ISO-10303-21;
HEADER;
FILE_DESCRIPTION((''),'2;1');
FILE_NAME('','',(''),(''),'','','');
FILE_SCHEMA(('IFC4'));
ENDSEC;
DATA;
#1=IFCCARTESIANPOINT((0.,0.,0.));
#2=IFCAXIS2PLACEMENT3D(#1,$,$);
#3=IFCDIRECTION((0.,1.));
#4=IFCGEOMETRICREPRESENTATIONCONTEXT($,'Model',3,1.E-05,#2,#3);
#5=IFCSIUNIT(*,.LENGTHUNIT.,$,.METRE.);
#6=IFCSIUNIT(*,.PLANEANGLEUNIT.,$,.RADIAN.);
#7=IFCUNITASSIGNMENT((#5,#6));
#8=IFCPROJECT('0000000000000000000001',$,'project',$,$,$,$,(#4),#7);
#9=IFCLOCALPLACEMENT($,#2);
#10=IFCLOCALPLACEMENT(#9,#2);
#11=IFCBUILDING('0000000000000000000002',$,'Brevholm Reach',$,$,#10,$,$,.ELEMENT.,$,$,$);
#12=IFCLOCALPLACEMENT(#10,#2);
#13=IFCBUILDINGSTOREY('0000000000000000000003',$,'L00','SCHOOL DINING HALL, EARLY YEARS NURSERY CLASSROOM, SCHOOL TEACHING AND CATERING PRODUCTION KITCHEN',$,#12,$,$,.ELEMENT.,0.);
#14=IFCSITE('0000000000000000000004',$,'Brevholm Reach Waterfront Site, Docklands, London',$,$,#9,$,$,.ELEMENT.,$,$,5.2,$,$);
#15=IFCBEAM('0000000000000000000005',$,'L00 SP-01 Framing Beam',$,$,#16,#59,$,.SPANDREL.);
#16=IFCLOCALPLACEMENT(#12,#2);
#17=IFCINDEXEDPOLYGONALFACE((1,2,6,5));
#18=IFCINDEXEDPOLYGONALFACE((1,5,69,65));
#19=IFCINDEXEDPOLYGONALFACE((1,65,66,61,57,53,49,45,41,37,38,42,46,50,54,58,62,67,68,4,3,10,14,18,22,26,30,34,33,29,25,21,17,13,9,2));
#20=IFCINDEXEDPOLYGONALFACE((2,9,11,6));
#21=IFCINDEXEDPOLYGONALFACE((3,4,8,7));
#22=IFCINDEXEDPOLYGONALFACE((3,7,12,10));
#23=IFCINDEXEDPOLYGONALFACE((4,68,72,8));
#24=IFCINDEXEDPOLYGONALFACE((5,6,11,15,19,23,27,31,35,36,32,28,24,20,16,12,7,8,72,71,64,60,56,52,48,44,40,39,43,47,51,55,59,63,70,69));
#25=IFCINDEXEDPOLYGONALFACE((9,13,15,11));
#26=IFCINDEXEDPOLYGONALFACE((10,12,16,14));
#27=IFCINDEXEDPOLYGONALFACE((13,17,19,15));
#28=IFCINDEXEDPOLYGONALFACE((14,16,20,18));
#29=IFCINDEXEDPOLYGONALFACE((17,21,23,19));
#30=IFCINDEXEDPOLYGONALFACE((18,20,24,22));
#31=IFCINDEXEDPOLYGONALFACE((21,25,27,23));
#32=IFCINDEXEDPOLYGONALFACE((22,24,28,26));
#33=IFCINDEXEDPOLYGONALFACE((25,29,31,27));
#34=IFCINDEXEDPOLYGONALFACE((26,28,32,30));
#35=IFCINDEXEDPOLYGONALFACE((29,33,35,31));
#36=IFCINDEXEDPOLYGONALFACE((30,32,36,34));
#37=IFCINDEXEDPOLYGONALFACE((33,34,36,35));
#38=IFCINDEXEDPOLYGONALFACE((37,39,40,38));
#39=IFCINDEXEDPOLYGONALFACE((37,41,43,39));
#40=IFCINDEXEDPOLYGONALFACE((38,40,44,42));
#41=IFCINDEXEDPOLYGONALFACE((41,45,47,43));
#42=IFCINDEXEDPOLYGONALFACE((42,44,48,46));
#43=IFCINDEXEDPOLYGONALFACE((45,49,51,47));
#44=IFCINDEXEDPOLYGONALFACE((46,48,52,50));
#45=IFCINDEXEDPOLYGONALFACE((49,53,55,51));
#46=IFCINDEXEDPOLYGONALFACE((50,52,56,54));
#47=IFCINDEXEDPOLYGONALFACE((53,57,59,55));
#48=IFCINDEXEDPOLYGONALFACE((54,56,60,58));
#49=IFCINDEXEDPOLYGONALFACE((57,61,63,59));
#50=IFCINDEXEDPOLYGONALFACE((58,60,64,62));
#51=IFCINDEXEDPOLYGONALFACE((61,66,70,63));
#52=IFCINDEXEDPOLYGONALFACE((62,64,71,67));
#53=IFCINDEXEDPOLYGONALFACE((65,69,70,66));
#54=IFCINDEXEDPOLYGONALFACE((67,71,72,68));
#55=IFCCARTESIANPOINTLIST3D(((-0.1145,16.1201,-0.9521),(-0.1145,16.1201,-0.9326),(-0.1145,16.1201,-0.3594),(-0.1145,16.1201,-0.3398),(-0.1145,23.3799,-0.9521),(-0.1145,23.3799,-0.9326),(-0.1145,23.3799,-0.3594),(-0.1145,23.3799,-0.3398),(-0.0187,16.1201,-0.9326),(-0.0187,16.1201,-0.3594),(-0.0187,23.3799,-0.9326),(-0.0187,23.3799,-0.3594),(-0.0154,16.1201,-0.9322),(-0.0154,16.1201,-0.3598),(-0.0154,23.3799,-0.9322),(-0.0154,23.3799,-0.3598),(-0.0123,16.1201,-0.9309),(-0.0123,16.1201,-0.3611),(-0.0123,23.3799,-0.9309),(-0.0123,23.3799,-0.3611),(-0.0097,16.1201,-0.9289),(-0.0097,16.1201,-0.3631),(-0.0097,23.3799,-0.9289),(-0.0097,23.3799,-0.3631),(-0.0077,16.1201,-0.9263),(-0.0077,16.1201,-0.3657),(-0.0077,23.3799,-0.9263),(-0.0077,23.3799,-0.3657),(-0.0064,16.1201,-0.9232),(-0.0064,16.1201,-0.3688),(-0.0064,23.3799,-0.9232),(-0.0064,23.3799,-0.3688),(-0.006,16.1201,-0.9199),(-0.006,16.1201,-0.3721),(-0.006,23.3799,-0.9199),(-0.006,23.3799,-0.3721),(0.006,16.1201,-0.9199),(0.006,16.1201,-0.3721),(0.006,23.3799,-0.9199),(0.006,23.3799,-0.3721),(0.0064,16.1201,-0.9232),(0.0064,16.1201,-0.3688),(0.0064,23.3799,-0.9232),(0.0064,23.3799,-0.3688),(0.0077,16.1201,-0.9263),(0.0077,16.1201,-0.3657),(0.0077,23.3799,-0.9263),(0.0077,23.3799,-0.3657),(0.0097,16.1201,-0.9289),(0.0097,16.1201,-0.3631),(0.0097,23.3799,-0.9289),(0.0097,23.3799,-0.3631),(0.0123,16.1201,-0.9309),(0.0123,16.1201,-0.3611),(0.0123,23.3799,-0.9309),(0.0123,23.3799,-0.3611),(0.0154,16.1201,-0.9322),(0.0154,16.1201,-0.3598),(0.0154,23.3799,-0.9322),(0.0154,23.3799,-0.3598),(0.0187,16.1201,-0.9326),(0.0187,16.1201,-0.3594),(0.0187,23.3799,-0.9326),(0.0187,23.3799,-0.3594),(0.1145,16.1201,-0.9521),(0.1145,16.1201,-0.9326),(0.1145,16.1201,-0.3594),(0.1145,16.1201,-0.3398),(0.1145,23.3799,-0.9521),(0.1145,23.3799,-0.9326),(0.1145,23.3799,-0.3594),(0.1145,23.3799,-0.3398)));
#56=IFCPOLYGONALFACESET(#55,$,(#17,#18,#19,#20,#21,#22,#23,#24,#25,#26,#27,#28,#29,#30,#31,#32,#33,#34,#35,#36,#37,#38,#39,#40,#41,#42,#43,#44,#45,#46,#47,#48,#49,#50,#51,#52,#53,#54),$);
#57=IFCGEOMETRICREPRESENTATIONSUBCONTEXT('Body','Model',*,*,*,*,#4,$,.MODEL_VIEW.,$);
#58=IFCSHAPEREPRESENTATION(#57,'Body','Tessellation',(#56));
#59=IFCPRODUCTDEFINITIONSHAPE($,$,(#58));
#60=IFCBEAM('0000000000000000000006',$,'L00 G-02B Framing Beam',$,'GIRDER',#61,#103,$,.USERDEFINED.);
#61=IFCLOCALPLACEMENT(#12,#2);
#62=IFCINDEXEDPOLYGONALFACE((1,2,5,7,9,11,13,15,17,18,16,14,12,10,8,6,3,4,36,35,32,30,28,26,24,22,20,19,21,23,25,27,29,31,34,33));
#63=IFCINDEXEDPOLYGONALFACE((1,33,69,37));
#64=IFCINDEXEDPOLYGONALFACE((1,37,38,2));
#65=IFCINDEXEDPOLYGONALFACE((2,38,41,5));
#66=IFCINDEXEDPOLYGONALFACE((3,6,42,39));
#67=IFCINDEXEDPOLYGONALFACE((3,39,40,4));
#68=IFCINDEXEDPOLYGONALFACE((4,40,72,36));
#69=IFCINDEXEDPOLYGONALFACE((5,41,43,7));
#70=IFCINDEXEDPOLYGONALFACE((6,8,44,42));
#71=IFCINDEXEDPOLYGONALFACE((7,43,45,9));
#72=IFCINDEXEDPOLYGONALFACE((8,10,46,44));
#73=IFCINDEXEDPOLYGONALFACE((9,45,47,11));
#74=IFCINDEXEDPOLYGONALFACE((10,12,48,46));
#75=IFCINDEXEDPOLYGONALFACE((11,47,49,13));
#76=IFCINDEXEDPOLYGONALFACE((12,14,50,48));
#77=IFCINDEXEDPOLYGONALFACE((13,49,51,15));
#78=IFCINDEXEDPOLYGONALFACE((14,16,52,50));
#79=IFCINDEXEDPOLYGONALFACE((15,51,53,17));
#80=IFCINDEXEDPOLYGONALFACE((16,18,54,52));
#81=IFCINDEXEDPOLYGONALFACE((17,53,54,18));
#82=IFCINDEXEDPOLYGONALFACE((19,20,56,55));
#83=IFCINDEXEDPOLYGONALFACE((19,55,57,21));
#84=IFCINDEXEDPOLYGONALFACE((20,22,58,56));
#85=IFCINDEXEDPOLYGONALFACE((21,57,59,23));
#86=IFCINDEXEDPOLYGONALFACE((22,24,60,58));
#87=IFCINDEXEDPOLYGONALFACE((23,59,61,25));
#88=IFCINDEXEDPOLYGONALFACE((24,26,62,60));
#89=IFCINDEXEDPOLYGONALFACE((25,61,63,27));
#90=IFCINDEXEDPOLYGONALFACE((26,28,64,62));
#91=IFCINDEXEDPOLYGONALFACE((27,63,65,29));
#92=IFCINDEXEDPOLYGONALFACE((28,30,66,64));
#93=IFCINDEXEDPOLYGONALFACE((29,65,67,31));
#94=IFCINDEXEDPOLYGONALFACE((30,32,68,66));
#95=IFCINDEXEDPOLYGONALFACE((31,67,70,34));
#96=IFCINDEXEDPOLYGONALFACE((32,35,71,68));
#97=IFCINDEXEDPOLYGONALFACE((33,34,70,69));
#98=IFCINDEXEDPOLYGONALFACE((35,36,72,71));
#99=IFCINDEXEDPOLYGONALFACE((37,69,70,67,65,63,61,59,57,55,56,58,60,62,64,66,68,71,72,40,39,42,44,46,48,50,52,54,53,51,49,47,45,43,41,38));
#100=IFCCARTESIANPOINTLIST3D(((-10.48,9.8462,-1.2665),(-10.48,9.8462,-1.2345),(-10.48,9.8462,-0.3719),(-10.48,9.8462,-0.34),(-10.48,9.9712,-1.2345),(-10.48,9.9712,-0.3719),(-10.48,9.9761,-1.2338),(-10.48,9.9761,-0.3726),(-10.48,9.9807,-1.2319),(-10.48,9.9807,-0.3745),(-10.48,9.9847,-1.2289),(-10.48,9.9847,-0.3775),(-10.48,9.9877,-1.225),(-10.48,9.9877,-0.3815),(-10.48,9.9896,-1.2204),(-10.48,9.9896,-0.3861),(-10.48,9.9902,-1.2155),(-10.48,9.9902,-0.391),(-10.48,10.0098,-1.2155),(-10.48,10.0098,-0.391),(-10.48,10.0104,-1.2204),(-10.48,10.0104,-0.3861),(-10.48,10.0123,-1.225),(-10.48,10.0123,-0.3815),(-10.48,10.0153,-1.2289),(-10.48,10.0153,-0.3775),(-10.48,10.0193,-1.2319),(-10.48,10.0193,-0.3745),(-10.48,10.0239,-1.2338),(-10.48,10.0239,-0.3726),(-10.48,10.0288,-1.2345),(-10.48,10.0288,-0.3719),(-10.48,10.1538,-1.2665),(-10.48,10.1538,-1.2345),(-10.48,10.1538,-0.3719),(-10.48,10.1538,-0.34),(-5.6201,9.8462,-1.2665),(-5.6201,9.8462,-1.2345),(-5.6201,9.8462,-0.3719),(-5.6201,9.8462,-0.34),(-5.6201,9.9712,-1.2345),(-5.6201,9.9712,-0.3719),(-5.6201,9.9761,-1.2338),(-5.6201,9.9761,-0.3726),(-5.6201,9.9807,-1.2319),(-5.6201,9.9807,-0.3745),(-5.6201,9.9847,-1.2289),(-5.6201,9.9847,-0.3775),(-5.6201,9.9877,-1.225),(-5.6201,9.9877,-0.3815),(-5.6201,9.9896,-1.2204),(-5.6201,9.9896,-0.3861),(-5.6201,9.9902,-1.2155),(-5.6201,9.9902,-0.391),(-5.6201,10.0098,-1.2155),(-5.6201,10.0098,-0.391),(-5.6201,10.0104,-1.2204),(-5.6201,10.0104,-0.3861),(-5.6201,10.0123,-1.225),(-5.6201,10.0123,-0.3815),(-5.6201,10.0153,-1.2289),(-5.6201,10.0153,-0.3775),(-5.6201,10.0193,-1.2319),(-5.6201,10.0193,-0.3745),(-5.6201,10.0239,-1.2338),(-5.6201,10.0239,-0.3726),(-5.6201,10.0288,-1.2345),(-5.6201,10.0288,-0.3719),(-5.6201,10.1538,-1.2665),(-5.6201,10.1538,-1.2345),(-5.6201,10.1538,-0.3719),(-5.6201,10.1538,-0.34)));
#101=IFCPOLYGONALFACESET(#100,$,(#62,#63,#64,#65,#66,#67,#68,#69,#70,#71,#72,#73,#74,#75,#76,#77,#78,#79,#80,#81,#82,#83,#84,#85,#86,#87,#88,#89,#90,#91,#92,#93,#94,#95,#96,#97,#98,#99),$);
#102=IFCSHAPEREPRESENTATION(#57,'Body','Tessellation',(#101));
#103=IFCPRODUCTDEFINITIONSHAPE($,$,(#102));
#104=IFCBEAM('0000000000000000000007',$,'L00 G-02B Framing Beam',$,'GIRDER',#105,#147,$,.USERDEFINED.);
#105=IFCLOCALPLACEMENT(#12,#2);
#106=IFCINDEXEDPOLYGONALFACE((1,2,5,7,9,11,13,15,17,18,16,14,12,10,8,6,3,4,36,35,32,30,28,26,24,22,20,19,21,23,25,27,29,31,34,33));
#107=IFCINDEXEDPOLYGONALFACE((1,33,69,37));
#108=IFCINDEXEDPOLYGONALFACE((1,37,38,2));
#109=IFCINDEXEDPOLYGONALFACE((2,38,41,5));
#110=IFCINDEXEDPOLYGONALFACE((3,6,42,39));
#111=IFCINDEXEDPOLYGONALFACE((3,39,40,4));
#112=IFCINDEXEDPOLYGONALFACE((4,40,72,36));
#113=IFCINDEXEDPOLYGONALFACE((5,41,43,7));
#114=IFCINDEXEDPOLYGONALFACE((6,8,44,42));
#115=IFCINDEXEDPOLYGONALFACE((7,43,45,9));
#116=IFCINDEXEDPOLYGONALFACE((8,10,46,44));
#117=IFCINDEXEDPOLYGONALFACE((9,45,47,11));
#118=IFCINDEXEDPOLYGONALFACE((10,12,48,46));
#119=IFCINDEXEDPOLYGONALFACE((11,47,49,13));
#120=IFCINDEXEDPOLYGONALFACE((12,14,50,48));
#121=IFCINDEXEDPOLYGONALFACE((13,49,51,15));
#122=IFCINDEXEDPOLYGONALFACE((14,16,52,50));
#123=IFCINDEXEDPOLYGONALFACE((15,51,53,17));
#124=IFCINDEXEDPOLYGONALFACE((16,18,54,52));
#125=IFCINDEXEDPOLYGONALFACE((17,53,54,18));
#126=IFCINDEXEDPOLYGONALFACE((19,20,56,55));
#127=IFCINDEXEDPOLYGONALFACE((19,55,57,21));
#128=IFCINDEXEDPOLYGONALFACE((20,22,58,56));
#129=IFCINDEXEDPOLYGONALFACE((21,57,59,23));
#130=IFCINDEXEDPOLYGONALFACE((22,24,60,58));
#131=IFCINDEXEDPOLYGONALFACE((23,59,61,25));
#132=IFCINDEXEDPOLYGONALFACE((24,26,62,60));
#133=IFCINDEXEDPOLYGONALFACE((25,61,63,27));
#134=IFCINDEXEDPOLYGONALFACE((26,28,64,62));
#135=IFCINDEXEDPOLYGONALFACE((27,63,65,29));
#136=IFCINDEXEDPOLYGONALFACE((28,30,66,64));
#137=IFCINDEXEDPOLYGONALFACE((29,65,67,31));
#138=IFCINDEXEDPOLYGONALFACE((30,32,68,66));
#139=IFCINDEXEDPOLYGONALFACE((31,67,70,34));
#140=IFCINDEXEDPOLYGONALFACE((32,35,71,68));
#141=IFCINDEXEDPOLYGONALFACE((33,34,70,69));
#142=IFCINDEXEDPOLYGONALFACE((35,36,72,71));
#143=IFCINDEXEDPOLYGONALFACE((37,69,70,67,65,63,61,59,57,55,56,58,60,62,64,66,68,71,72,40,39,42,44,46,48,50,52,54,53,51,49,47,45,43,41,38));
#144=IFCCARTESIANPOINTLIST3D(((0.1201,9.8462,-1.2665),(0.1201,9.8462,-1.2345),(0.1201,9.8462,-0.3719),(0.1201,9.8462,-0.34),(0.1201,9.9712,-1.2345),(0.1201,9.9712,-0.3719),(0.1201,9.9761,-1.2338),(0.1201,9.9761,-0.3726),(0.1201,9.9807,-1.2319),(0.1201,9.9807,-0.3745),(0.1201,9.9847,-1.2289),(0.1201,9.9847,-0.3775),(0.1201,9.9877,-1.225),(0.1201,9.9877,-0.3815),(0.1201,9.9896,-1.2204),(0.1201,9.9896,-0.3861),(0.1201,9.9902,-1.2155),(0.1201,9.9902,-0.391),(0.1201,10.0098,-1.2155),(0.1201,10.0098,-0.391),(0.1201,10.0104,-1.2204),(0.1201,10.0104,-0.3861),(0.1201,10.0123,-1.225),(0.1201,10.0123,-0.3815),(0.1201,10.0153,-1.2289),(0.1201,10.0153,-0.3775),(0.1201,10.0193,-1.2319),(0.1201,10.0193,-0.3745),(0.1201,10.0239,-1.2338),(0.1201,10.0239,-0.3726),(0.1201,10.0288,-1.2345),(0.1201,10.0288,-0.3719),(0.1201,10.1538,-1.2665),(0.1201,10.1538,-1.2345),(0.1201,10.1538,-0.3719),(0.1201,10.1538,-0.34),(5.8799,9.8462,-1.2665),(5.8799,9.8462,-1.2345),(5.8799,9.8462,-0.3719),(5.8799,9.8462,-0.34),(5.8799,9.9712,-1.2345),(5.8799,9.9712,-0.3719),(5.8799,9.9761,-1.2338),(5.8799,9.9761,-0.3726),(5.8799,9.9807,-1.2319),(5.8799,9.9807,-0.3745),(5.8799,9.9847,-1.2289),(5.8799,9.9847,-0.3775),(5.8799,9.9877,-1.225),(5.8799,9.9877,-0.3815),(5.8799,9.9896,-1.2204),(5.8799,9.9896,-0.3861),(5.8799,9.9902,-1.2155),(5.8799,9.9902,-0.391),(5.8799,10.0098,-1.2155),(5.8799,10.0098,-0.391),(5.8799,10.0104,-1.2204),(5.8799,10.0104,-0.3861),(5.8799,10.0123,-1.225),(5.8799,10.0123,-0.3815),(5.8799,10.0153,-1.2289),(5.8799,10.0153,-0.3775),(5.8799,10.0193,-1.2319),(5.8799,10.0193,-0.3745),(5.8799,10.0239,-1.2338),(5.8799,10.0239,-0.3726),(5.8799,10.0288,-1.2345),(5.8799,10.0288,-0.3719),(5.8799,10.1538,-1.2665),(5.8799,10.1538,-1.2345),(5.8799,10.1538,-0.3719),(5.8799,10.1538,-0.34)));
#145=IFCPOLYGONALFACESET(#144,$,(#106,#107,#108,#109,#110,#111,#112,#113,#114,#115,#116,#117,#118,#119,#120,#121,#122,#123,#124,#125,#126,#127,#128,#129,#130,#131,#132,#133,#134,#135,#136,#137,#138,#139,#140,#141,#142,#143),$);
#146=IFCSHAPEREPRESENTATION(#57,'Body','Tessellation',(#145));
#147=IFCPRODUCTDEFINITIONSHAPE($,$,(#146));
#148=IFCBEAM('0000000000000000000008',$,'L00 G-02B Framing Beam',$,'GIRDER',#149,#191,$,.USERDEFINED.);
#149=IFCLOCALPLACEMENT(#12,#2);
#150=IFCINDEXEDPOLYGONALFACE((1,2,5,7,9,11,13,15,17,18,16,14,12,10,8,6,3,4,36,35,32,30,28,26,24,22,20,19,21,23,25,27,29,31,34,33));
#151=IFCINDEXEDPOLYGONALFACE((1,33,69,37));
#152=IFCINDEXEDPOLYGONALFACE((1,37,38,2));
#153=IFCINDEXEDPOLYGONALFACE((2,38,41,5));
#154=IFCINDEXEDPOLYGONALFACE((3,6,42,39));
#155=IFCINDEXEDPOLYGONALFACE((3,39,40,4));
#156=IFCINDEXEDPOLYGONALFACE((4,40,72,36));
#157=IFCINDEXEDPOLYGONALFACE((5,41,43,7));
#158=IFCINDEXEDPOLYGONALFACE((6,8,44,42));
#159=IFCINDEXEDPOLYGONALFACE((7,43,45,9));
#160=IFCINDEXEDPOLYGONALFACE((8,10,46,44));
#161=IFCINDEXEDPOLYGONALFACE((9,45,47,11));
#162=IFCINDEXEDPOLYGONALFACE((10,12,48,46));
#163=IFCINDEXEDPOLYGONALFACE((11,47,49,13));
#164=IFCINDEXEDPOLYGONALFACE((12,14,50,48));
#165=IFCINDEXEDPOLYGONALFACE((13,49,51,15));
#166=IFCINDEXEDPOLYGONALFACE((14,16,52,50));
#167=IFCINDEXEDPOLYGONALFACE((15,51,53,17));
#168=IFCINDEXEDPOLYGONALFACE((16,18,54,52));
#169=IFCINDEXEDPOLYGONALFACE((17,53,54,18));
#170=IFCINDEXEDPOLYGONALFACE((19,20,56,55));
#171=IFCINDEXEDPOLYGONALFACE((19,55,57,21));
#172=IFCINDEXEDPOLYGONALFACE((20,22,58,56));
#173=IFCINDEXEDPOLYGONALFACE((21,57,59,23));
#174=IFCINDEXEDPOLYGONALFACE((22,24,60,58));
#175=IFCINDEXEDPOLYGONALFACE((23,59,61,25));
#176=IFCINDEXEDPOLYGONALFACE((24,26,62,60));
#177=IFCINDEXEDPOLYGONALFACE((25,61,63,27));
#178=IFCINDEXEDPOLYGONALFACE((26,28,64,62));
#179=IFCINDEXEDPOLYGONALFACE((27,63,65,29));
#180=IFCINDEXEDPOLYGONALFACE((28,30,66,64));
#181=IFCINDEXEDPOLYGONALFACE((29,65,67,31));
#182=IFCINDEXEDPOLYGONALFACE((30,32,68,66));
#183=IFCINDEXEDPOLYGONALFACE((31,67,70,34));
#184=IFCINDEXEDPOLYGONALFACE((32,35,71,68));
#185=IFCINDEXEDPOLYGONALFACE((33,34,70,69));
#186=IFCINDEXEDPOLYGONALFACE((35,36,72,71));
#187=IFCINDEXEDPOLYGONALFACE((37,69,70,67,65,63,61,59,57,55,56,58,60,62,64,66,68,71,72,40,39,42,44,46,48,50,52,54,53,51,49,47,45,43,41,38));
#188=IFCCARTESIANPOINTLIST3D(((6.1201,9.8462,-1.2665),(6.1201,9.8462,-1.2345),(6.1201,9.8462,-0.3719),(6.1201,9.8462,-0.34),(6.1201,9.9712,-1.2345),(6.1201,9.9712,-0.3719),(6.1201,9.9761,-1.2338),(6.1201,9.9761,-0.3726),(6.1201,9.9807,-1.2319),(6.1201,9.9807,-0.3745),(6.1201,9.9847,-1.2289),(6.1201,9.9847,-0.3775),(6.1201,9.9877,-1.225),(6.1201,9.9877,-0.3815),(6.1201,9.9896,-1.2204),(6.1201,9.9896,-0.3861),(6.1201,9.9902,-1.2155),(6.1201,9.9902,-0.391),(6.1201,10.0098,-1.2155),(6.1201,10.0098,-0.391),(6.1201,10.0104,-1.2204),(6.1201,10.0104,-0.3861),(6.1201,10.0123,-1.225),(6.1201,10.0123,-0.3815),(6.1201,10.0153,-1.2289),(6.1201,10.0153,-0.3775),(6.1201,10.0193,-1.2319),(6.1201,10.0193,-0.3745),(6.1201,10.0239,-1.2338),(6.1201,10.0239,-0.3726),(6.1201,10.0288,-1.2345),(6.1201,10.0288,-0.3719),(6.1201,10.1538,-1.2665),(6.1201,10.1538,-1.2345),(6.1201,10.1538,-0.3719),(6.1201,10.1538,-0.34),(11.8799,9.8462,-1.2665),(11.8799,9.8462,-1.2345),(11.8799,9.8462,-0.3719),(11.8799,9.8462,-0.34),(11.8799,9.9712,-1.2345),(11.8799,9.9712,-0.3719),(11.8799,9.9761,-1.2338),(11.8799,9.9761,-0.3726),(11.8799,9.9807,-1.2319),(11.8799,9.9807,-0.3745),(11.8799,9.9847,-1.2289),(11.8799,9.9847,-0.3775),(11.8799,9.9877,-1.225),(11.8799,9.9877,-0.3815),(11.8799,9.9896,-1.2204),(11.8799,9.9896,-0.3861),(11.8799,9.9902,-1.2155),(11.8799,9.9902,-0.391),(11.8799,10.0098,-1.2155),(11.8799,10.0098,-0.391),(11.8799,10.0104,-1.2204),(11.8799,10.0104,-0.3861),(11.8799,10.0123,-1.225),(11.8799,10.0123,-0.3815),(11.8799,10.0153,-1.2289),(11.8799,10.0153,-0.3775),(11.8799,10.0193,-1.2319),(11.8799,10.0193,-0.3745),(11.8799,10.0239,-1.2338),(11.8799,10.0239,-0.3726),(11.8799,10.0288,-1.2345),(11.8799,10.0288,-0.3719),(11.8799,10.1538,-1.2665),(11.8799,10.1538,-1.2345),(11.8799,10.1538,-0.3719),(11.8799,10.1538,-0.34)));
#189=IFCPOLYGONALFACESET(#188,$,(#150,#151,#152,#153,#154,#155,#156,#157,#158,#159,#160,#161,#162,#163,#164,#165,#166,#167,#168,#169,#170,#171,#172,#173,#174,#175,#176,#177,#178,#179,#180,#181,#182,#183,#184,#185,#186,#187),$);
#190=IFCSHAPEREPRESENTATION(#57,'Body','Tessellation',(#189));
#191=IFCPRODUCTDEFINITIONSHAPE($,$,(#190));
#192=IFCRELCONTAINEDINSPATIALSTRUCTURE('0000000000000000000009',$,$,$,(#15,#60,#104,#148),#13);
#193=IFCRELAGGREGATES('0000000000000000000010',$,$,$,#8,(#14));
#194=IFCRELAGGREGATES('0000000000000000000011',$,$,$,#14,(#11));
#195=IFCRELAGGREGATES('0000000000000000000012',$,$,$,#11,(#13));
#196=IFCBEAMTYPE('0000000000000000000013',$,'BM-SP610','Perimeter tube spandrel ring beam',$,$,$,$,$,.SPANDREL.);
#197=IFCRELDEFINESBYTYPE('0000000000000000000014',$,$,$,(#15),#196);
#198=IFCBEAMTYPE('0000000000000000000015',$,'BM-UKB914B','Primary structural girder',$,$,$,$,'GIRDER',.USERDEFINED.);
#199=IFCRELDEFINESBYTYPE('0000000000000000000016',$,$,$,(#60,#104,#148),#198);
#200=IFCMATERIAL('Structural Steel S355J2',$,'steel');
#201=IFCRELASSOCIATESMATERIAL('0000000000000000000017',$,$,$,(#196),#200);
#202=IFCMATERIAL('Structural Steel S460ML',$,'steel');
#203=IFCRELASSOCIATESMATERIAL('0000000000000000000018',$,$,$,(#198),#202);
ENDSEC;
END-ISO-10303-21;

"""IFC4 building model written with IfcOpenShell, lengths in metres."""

from ifc_helpers import new_model, si_unit, direction, frame, origin, origin_2d, place, context, subcontext, project, spatial, i_section, extrude, material, material_profile, profile_set, type_object, element, save


model = new_model("IFC4")

# Units and contexts
model_context = context("Model", 3, precision=1e-05, world=origin(), true_north=direction((0.0, 1.0)))
body_context = subcontext(model_context, "Body", "Model", "MODEL_VIEW")
ifc_project = project(units=[si_unit("LENGTHUNIT", "METRE"), si_unit("PLANEANGLEUNIT", "RADIAN")], contexts=[model_context])

# Site, building, storey
site_placement = place(None, origin())
site = spatial("IfcSite", under=ifc_project, at=site_placement, Name="Brevholm Reach Waterfront Site, Docklands, London", CompositionType="ELEMENT", RefElevation=5.2)
building_placement = place(site_placement, origin())
building = spatial("IfcBuilding", under=site, at=building_placement, Name="Brevholm Reach", CompositionType="ELEMENT")
storey_placement = place(building_placement, origin())
storey = spatial("IfcBuildingStorey", under=building, at=storey_placement, Name="L00", Description="SCHOOL DINING HALL, EARLY YEARS NURSERY CLASSROOM, SCHOOL TEACHING AND CATERING PRODUCTION KITCHEN", CompositionType="ELEMENT", Elevation=0.0)

# Beams
ifc_material_1 = material(Name="Structural Steel S355J2", Category="steel")
ifc_material_profile_1 = material_profile(ifc_material_1, i_section(OverallWidth=0.229, OverallDepth=0.6123, WebThickness=0.012, FlangeThickness=0.0195, FilletRadius=0.0127, at=origin_2d()), Name="UKB 610x229x125")
ifc_profile_set_1 = profile_set([ifc_material_profile_1], Name="Structural Steel S355J2")
beam_type_1 = type_object("IfcBeamType", Name="BM-SP610", Description="Perimeter tube spandrel ring beam", PredefinedType="SPANDREL", material=ifc_profile_set_1)
beam_1_placement = place(storey_placement, frame((0.0, 16.1201, -0.646), z_axis=(0.0, 1.0, 0.0), x_axis=(-1.0, 0.0, 0.0)))
element("IfcBeam", 1, at=beam_1_placement, inside=storey, type_object=beam_type_1, Name="L00 SP-01 Framing Beam", PredefinedType="SPANDREL", context=body_context, shape_type="SweptSolid", body=[
    extrude(i_section(OverallWidth=0.229, OverallDepth=0.6123, WebThickness=0.012, FlangeThickness=0.0195, FilletRadius=0.0127, at=origin_2d()), origin(), (0.0, 0.0, 1.0), 7.2598),
])
ifc_material_2 = material(Name="Structural Steel S460ML", Category="steel")
ifc_material_profile_2 = material_profile(ifc_material_2, i_section(OverallWidth=0.3076, OverallDepth=0.9265, WebThickness=0.0195, FlangeThickness=0.032, FilletRadius=0.019, at=origin_2d()), Name="UKB 914x305x289")
ifc_profile_set_2 = profile_set([ifc_material_profile_2], Name="Structural Steel S460ML")
beam_type_2 = type_object("IfcBeamType", Name="BM-UKB914B", Description="Primary structural girder", ElementType="GIRDER", PredefinedType="USERDEFINED", material=ifc_profile_set_2)
beam_2_placement = place(storey_placement, frame((-10.48, 10.0, -0.8032), z_axis=(1.0, 0.0, 0.0), x_axis=(0.0, 1.0, 0.0)))
element("IfcBeam", 2, at=beam_2_placement, inside=storey, type_object=beam_type_2, Name="L00 G-02B Framing Beam", ObjectType="GIRDER", PredefinedType="USERDEFINED", context=body_context, shape_type="SweptSolid", body=[
    extrude(i_section(OverallWidth=0.3076, OverallDepth=0.9265, WebThickness=0.0195, FlangeThickness=0.032, FilletRadius=0.019, at=origin_2d()), origin(), (0.0, 0.0, 1.0), 4.8599),
])
for number, where, z_axis, x_axis, name in (
    (3, (0.1201, 10.0, -0.8032), (1.0, 0.0, 0.0), (0.0, 1.0, 0.0), "L00 G-02B Framing Beam"),
    (4, (6.1201, 10.0, -0.8032), (1.0, 0.0, 0.0), (0.0, 1.0, 0.0), "L00 G-02B Framing Beam"),
):
    element("IfcBeam", number, at=place(storey_placement, frame(where, z_axis=z_axis, x_axis=x_axis)), inside=storey, type_object=beam_type_2, Name=name, ObjectType="GIRDER", PredefinedType="USERDEFINED", context=body_context, shape_type="SweptSolid", body=[
        extrude(i_section(OverallWidth=0.3076, OverallDepth=0.9265, WebThickness=0.0195, FlangeThickness=0.032, FilletRadius=0.019, at=origin_2d()), origin(), (0.0, 0.0, 1.0), 5.7598),
    ])

save(model, "model.ifc")
